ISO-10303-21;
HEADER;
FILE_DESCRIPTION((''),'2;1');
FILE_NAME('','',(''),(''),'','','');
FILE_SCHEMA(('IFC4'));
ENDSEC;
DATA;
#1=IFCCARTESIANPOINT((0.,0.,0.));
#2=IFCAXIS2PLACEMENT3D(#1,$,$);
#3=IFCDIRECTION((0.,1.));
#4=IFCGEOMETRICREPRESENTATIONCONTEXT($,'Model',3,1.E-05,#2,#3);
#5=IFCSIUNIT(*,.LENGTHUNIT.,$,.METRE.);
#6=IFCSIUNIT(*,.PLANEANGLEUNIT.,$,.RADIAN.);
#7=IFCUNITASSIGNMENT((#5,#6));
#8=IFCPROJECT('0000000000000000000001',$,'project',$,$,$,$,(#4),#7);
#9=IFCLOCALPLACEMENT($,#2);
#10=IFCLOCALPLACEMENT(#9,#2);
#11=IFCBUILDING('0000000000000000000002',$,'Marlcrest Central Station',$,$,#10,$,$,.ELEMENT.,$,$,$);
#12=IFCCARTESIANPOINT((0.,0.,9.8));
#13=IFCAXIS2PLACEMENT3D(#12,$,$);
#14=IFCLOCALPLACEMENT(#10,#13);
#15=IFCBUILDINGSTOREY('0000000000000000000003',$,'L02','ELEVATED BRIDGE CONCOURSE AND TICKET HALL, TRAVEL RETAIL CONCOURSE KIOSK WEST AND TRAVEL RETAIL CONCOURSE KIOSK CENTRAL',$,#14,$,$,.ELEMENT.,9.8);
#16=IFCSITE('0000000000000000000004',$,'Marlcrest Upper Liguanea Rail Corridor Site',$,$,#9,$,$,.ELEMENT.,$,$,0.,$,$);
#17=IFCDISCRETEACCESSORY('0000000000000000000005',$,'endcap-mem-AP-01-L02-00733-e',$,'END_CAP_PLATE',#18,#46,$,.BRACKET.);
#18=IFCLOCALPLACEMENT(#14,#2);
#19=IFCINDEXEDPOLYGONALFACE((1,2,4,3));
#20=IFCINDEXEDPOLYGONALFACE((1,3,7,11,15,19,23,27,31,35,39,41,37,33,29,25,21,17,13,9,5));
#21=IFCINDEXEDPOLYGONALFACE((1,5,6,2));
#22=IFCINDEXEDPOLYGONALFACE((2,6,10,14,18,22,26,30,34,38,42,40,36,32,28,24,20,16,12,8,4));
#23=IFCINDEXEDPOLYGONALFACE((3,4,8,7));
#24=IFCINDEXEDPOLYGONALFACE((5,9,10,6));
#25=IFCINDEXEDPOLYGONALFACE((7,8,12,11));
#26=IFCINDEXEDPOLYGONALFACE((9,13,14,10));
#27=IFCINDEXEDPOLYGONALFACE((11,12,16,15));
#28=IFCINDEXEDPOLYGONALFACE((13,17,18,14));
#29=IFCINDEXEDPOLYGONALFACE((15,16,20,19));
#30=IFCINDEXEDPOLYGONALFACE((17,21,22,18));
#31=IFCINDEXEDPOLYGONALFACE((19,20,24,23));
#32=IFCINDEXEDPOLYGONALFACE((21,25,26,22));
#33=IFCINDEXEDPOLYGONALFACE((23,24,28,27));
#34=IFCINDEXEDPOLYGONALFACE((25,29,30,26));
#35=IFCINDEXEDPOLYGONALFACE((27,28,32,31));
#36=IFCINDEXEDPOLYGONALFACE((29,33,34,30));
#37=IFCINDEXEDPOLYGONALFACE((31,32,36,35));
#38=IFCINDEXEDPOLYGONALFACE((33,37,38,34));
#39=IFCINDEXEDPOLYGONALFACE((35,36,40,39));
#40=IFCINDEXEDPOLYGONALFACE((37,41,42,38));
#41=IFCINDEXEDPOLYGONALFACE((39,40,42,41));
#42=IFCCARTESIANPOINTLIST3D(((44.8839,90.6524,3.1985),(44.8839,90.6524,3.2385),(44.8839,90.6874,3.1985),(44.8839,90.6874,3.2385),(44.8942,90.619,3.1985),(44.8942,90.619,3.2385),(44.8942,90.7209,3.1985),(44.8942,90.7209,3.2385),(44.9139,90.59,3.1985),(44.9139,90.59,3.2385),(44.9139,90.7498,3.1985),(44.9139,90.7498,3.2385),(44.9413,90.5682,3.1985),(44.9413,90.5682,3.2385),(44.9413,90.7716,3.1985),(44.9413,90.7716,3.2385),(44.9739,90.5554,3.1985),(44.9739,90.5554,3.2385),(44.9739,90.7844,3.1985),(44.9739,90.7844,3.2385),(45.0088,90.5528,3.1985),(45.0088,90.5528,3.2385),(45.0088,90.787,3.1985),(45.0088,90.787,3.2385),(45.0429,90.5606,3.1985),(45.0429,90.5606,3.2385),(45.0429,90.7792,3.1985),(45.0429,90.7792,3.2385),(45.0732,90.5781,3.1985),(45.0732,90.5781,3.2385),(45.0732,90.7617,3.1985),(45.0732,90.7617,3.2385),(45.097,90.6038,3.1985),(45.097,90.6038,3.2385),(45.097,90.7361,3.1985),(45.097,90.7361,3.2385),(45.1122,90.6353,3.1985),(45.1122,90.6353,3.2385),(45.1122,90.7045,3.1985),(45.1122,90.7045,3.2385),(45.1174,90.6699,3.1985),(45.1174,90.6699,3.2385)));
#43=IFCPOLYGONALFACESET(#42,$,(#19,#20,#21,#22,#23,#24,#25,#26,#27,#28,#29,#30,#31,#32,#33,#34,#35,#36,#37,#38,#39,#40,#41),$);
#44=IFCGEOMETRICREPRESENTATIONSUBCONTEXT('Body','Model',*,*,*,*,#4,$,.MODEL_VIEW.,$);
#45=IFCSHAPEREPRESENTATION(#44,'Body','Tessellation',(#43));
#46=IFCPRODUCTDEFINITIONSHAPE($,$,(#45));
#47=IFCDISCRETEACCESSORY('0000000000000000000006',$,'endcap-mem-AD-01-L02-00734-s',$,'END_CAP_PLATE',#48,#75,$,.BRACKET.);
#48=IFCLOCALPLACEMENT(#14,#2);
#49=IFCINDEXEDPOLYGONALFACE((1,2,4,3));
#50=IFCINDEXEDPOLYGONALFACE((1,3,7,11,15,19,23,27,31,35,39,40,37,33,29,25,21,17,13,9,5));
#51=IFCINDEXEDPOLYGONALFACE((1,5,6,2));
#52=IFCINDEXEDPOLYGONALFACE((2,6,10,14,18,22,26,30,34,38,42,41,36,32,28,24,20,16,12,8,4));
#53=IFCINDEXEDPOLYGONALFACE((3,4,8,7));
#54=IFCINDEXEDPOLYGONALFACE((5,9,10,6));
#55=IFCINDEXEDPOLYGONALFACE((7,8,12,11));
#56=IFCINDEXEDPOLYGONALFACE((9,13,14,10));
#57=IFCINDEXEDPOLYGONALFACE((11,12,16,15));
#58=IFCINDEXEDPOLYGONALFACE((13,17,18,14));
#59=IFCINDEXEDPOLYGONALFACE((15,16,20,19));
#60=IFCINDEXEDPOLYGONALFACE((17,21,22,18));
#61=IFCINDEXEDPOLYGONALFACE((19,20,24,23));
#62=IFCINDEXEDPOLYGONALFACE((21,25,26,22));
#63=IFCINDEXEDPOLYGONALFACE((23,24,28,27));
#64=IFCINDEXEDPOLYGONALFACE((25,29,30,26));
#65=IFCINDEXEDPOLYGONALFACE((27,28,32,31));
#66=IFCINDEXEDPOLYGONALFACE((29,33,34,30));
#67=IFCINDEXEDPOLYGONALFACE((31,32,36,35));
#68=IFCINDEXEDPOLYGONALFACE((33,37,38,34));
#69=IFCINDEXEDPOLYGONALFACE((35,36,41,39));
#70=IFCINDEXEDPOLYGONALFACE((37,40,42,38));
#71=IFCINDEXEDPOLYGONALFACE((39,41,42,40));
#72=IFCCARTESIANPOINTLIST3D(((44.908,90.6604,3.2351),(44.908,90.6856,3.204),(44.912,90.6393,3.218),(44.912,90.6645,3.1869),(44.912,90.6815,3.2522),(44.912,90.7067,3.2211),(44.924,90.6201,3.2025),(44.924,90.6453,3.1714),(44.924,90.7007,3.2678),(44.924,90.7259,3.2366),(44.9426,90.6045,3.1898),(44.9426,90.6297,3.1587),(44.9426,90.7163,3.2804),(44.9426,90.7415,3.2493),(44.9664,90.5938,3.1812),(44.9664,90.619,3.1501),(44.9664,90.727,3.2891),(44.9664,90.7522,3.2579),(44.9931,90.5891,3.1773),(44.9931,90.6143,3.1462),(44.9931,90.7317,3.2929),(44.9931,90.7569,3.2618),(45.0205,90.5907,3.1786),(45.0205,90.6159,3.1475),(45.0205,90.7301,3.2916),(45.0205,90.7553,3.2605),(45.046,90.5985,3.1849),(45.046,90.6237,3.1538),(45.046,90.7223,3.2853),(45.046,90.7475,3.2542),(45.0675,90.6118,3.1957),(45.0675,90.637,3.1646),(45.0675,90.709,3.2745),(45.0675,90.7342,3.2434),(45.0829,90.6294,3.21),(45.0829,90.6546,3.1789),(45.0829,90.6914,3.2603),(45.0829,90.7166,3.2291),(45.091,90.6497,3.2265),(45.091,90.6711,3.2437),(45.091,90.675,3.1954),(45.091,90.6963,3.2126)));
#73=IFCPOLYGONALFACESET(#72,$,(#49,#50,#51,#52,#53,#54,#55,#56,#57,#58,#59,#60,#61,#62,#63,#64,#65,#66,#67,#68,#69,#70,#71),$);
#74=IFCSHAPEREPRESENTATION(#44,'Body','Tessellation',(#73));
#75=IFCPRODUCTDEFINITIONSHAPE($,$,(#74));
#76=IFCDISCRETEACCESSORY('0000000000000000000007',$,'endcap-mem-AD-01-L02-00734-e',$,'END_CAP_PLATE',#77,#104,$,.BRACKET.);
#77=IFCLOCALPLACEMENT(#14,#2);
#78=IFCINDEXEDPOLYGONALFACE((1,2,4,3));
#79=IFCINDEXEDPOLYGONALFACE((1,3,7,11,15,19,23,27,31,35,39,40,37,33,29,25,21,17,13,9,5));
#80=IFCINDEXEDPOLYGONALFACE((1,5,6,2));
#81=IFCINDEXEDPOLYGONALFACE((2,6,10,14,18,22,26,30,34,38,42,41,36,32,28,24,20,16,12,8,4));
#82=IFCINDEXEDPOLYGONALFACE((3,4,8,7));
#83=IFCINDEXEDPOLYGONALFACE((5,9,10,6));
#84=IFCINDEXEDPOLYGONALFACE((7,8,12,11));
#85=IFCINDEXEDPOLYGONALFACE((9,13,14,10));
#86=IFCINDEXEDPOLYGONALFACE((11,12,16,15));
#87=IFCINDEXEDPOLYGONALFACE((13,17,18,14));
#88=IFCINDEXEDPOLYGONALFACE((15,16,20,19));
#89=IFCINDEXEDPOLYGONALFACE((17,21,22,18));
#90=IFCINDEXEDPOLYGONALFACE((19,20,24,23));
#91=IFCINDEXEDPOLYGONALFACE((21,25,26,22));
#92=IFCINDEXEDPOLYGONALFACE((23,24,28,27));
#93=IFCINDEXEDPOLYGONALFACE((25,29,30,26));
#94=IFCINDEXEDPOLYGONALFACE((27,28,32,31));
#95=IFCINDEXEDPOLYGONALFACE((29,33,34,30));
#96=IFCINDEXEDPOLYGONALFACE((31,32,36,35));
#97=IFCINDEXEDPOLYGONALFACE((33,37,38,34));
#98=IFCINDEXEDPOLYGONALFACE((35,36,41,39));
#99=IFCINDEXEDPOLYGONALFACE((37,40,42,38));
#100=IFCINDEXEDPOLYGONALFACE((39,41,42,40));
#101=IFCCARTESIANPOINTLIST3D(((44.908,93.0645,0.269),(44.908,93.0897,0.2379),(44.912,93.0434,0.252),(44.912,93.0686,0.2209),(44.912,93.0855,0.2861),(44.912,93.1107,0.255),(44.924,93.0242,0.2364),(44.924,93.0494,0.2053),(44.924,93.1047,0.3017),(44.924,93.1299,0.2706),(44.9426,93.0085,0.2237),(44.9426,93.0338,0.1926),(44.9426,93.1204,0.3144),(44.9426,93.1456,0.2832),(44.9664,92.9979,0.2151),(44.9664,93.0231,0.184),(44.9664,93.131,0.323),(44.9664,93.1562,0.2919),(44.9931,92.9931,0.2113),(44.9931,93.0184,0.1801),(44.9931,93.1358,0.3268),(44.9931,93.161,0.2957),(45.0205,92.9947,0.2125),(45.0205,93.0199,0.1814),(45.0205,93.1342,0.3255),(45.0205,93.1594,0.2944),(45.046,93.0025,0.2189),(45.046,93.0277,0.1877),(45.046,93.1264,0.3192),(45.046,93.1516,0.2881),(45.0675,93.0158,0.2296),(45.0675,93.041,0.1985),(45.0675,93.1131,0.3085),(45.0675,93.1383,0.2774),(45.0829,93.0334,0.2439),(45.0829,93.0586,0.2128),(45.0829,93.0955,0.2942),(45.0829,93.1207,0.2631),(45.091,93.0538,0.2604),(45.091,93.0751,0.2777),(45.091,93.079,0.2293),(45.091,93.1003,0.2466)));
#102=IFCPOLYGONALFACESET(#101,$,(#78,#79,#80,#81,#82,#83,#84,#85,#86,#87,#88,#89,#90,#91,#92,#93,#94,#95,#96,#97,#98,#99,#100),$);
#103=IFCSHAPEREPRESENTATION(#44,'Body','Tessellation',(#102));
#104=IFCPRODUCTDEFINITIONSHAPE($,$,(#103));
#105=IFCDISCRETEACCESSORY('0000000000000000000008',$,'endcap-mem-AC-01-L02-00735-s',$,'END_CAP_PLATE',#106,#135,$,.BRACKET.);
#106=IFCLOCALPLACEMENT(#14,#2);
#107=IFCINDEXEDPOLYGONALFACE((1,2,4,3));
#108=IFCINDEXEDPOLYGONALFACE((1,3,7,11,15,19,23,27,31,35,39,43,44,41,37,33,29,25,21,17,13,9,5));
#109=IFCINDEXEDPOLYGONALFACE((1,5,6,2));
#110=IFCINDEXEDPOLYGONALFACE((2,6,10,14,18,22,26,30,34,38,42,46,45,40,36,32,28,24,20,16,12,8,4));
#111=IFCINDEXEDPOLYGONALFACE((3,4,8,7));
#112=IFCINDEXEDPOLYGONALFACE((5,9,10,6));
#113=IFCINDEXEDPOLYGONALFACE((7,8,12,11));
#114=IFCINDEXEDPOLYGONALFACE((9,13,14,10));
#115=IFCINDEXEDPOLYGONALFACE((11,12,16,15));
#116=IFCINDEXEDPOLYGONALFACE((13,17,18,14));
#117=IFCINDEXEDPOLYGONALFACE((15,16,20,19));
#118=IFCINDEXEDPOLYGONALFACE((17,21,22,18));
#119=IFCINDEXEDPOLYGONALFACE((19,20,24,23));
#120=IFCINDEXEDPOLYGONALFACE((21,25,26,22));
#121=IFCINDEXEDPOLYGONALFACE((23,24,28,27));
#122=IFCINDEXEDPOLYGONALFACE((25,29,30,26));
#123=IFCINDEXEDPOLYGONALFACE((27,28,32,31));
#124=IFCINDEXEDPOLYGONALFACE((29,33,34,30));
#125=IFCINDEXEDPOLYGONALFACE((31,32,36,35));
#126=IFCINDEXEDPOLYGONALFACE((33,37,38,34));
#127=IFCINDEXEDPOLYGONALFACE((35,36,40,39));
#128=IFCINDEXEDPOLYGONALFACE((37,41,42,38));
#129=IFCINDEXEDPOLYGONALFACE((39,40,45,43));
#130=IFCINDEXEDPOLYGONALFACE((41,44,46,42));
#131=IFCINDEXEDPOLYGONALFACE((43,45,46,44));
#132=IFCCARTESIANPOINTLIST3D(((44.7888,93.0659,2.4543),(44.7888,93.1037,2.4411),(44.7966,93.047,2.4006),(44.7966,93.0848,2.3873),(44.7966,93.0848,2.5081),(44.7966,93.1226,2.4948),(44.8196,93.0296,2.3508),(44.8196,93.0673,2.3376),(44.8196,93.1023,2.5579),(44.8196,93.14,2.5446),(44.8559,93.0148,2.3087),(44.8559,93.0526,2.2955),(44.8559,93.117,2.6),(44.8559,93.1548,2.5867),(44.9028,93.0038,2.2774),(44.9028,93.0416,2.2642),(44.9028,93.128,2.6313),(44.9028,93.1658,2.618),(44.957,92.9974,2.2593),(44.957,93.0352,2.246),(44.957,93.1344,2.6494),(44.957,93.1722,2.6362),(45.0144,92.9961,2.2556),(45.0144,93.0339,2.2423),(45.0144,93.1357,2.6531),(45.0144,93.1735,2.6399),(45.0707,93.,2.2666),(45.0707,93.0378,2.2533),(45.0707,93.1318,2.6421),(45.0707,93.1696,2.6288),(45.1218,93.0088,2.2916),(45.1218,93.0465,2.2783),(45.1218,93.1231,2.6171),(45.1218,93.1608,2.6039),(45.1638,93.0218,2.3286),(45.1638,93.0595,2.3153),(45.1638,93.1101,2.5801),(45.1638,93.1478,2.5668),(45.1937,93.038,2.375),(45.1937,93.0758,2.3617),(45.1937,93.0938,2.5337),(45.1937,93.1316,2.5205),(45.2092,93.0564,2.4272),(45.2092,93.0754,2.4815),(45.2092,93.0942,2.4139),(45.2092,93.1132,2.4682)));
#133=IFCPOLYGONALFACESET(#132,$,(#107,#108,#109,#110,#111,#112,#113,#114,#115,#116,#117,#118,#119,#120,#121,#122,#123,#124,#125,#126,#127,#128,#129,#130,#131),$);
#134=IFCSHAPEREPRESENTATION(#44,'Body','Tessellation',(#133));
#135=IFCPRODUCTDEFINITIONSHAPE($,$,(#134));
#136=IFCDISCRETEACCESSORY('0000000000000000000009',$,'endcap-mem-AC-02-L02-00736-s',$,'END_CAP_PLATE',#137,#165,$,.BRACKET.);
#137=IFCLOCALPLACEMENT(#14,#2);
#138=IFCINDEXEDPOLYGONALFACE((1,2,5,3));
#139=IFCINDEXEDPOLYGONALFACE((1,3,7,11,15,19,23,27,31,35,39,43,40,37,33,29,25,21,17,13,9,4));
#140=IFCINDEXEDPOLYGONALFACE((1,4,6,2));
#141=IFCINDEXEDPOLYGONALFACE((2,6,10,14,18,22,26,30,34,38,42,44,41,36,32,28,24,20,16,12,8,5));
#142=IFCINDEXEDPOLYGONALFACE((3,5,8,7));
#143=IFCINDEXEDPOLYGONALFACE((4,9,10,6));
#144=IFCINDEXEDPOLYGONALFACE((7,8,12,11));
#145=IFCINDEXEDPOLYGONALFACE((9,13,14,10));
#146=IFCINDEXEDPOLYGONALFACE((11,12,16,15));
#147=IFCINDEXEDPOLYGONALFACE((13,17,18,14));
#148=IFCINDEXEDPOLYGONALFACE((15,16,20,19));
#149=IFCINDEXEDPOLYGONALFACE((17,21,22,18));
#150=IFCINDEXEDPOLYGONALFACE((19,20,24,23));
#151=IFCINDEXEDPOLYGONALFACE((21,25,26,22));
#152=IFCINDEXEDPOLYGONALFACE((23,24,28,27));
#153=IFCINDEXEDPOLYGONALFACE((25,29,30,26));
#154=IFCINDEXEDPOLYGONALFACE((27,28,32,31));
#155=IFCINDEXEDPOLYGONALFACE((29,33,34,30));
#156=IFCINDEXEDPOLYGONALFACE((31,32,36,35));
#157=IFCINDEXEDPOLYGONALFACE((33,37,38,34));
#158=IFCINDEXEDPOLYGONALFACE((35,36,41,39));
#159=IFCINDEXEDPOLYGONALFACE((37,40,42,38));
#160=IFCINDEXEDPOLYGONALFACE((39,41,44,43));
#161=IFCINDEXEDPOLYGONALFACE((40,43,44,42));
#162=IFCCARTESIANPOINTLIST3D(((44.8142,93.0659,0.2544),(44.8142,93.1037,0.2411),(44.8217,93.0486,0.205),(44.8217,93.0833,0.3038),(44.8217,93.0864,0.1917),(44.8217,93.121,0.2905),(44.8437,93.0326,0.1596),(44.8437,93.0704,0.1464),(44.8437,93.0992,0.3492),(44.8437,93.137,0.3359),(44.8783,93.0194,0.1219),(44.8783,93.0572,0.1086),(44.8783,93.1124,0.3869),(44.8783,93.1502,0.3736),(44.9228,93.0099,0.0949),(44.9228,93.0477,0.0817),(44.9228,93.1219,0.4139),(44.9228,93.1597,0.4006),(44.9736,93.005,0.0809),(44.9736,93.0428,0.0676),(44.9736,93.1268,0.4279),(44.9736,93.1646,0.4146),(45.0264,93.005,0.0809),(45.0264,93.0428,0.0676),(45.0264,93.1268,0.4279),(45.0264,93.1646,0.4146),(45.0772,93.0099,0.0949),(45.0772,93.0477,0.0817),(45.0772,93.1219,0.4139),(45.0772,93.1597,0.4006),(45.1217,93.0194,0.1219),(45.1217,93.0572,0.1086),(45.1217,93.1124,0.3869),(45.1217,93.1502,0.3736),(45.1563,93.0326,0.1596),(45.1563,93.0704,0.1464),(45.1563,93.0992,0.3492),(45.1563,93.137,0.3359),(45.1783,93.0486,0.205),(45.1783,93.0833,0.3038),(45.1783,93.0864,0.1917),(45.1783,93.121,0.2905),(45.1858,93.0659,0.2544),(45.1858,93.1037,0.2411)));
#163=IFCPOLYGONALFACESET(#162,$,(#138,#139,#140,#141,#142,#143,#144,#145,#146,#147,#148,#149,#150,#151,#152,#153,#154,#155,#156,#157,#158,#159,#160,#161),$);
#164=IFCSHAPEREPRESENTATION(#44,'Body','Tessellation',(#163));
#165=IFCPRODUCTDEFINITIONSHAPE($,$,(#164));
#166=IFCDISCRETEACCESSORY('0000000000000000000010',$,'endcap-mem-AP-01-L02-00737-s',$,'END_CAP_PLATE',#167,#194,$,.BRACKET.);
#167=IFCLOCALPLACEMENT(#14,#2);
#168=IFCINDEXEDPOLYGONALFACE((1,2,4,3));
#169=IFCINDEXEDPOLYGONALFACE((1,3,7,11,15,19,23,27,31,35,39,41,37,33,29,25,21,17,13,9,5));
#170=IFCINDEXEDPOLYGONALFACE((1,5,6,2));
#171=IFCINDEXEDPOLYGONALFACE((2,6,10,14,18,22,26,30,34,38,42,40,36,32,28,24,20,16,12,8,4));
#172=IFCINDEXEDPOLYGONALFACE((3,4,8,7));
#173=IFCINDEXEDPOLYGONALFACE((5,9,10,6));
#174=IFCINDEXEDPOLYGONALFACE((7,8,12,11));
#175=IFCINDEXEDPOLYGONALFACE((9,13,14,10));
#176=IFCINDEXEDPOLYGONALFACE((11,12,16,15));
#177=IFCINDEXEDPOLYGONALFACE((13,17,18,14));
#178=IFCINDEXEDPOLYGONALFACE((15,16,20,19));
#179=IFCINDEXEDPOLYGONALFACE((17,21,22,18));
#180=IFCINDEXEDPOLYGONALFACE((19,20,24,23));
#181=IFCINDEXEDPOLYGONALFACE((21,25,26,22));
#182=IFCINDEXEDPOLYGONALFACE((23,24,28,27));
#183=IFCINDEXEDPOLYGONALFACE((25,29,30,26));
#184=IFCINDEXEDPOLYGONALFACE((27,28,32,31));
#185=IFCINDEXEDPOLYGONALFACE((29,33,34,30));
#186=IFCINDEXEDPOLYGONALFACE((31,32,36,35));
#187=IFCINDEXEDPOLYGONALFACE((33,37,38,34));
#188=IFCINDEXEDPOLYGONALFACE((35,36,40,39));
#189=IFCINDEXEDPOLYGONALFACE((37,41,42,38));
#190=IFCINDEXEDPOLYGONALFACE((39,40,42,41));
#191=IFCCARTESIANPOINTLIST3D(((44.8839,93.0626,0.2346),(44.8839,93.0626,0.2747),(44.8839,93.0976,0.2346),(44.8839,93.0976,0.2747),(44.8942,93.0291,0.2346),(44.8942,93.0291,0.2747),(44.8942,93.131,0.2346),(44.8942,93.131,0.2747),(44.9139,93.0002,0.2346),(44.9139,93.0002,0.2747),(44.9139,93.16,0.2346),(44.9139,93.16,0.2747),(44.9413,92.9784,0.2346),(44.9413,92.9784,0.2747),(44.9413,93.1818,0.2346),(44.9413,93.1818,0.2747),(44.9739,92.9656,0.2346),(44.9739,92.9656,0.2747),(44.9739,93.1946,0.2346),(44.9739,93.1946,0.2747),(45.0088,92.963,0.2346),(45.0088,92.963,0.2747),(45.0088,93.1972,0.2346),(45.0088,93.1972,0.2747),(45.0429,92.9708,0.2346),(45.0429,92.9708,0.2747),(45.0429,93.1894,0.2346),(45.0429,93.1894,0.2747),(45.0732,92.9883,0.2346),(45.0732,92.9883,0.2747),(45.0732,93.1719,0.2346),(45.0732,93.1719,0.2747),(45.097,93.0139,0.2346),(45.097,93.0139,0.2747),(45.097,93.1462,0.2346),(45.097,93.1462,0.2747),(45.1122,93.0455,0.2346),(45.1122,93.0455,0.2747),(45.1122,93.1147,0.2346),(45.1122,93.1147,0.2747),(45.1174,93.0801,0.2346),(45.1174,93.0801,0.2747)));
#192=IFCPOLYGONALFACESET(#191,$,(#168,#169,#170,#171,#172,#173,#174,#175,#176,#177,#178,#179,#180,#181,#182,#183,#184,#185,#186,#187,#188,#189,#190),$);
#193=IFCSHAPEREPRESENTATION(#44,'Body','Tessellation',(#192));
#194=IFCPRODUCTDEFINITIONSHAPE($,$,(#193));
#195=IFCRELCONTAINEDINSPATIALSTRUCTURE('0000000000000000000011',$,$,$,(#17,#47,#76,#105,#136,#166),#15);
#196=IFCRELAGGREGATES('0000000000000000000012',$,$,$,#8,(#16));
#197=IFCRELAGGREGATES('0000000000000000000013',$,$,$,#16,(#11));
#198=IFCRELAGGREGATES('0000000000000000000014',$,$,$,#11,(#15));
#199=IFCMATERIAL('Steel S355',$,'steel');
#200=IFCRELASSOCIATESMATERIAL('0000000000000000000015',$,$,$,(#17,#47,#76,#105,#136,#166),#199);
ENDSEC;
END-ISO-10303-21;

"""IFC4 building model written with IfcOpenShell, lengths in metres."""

from ifc_helpers import new_model, si_unit, direction, frame, origin, origin_2d, place, context, subcontext, project, spatial, circle, extrude, material, element, save


model = new_model("IFC4")

# Units and contexts
model_context = context("Model", 3, precision=1e-05, world=origin(), true_north=direction((0.0, 1.0)))
body_context = subcontext(model_context, "Body", "Model", "MODEL_VIEW")
ifc_project = project(units=[si_unit("LENGTHUNIT", "METRE"), si_unit("PLANEANGLEUNIT", "RADIAN")], contexts=[model_context])

# Site, building, storey
site_placement = place(None, origin())
site = spatial("IfcSite", under=ifc_project, at=site_placement, Name="Marlcrest Upper Liguanea Rail Corridor Site", CompositionType="ELEMENT", RefElevation=0.0)
building_placement = place(site_placement, origin())
building = spatial("IfcBuilding", under=site, at=building_placement, Name="Marlcrest Central Station", CompositionType="ELEMENT")
storey_placement = place(building_placement, frame((0.0, 0.0, 9.8)))
storey = spatial("IfcBuildingStorey", under=building, at=storey_placement, Name="L02", Description="ELEVATED BRIDGE CONCOURSE AND TICKET HALL, TRAVEL RETAIL CONCOURSE KIOSK WEST AND TRAVEL RETAIL CONCOURSE KIOSK CENTRAL", CompositionType="ELEMENT", Elevation=9.8)

# Shared definitions
ifc_material_1 = material(Name="Steel S355", Category="steel")

# Discrete accessories
for number, where, z_axis, x_axis, name in (
    (1, (45.0, 90.6699, 3.1985), (0.0, 0.0, 1.0), (1.0, 0.0, 0.0), "endcap-mem-AP-01-L02-00733-e"),
):
    element("IfcDiscreteAccessory", number, at=place(storey_placement, frame(where, z_axis=z_axis, x_axis=x_axis)), inside=storey, material=ifc_material_1, Name=name, ObjectType="END_CAP_PLATE", PredefinedType="BRACKET", context=body_context, shape_type="SweptSolid", body=[
        extrude(circle(Radius=0.1174, at=origin_2d()), origin(), (0.0, 0.0, 1.0), 0.04),
    ])
for number, where, z_axis, x_axis, name in (
    (2, (45.0, 90.6604, 3.2351), (0.0, 0.629629, -0.776896), (-1.0, 0.0, 0.0), "endcap-mem-AD-01-L02-00734-s"),
    (3, (45.0, 93.0645, 0.269), (0.0, 0.629629, -0.776896), (-1.0, 0.0, 0.0), "endcap-mem-AD-01-L02-00734-e"),
):
    element("IfcDiscreteAccessory", number, at=place(storey_placement, frame(where, z_axis=z_axis, x_axis=x_axis)), inside=storey, material=ifc_material_1, Name=name, ObjectType="END_CAP_PLATE", PredefinedType="BRACKET", context=body_context, shape_type="SweptSolid", body=[
        extrude(circle(Radius=0.092, at=origin_2d()), origin(), (0.0, 0.0, 1.0), 0.04),
    ])
discrete_accessory_1_placement = place(storey_placement, frame((45.0, 93.0659, 2.4543), z_axis=(0.0, 0.943537, -0.331266), x_axis=(-1.0, 0.0, 0.0)))
element("IfcDiscreteAccessory", 4, at=discrete_accessory_1_placement, inside=storey, material=ifc_material_1, Name="endcap-mem-AC-01-L02-00735-s", ObjectType="END_CAP_PLATE", PredefinedType="BRACKET", context=body_context, shape_type="SweptSolid", body=[
    extrude(circle(Radius=0.2112, at=origin_2d()), origin(), (0.0, 0.0, 1.0), 0.04),
])
discrete_accessory_2_placement = place(storey_placement, frame((45.0, 93.0659, 0.2544), z_axis=(0.0, 0.943537, -0.331266), x_axis=(-1.0, 0.0, 0.0)))
element("IfcDiscreteAccessory", 5, at=discrete_accessory_2_placement, inside=storey, material=ifc_material_1, Name="endcap-mem-AC-02-L02-00736-s", ObjectType="END_CAP_PLATE", PredefinedType="BRACKET", context=body_context, shape_type="SweptSolid", body=[
    extrude(circle(Radius=0.1858, at=origin_2d()), origin(), (0.0, 0.0, 1.0), 0.04),
])
for number, where, z_axis, x_axis, name in (
    (6, (45.0, 93.0801, 0.2346), (0.0, 0.0, 1.0), (1.0, 0.0, 0.0), "endcap-mem-AP-01-L02-00737-s"),
):
    element("IfcDiscreteAccessory", number, at=place(storey_placement, frame(where, z_axis=z_axis, x_axis=x_axis)), inside=storey, material=ifc_material_1, Name=name, ObjectType="END_CAP_PLATE", PredefinedType="BRACKET", context=body_context, shape_type="SweptSolid", body=[
        extrude(circle(Radius=0.1174, at=origin_2d()), origin(), (0.0, 0.0, 1.0), 0.04),
    ])

save(model, "model.ifc")
